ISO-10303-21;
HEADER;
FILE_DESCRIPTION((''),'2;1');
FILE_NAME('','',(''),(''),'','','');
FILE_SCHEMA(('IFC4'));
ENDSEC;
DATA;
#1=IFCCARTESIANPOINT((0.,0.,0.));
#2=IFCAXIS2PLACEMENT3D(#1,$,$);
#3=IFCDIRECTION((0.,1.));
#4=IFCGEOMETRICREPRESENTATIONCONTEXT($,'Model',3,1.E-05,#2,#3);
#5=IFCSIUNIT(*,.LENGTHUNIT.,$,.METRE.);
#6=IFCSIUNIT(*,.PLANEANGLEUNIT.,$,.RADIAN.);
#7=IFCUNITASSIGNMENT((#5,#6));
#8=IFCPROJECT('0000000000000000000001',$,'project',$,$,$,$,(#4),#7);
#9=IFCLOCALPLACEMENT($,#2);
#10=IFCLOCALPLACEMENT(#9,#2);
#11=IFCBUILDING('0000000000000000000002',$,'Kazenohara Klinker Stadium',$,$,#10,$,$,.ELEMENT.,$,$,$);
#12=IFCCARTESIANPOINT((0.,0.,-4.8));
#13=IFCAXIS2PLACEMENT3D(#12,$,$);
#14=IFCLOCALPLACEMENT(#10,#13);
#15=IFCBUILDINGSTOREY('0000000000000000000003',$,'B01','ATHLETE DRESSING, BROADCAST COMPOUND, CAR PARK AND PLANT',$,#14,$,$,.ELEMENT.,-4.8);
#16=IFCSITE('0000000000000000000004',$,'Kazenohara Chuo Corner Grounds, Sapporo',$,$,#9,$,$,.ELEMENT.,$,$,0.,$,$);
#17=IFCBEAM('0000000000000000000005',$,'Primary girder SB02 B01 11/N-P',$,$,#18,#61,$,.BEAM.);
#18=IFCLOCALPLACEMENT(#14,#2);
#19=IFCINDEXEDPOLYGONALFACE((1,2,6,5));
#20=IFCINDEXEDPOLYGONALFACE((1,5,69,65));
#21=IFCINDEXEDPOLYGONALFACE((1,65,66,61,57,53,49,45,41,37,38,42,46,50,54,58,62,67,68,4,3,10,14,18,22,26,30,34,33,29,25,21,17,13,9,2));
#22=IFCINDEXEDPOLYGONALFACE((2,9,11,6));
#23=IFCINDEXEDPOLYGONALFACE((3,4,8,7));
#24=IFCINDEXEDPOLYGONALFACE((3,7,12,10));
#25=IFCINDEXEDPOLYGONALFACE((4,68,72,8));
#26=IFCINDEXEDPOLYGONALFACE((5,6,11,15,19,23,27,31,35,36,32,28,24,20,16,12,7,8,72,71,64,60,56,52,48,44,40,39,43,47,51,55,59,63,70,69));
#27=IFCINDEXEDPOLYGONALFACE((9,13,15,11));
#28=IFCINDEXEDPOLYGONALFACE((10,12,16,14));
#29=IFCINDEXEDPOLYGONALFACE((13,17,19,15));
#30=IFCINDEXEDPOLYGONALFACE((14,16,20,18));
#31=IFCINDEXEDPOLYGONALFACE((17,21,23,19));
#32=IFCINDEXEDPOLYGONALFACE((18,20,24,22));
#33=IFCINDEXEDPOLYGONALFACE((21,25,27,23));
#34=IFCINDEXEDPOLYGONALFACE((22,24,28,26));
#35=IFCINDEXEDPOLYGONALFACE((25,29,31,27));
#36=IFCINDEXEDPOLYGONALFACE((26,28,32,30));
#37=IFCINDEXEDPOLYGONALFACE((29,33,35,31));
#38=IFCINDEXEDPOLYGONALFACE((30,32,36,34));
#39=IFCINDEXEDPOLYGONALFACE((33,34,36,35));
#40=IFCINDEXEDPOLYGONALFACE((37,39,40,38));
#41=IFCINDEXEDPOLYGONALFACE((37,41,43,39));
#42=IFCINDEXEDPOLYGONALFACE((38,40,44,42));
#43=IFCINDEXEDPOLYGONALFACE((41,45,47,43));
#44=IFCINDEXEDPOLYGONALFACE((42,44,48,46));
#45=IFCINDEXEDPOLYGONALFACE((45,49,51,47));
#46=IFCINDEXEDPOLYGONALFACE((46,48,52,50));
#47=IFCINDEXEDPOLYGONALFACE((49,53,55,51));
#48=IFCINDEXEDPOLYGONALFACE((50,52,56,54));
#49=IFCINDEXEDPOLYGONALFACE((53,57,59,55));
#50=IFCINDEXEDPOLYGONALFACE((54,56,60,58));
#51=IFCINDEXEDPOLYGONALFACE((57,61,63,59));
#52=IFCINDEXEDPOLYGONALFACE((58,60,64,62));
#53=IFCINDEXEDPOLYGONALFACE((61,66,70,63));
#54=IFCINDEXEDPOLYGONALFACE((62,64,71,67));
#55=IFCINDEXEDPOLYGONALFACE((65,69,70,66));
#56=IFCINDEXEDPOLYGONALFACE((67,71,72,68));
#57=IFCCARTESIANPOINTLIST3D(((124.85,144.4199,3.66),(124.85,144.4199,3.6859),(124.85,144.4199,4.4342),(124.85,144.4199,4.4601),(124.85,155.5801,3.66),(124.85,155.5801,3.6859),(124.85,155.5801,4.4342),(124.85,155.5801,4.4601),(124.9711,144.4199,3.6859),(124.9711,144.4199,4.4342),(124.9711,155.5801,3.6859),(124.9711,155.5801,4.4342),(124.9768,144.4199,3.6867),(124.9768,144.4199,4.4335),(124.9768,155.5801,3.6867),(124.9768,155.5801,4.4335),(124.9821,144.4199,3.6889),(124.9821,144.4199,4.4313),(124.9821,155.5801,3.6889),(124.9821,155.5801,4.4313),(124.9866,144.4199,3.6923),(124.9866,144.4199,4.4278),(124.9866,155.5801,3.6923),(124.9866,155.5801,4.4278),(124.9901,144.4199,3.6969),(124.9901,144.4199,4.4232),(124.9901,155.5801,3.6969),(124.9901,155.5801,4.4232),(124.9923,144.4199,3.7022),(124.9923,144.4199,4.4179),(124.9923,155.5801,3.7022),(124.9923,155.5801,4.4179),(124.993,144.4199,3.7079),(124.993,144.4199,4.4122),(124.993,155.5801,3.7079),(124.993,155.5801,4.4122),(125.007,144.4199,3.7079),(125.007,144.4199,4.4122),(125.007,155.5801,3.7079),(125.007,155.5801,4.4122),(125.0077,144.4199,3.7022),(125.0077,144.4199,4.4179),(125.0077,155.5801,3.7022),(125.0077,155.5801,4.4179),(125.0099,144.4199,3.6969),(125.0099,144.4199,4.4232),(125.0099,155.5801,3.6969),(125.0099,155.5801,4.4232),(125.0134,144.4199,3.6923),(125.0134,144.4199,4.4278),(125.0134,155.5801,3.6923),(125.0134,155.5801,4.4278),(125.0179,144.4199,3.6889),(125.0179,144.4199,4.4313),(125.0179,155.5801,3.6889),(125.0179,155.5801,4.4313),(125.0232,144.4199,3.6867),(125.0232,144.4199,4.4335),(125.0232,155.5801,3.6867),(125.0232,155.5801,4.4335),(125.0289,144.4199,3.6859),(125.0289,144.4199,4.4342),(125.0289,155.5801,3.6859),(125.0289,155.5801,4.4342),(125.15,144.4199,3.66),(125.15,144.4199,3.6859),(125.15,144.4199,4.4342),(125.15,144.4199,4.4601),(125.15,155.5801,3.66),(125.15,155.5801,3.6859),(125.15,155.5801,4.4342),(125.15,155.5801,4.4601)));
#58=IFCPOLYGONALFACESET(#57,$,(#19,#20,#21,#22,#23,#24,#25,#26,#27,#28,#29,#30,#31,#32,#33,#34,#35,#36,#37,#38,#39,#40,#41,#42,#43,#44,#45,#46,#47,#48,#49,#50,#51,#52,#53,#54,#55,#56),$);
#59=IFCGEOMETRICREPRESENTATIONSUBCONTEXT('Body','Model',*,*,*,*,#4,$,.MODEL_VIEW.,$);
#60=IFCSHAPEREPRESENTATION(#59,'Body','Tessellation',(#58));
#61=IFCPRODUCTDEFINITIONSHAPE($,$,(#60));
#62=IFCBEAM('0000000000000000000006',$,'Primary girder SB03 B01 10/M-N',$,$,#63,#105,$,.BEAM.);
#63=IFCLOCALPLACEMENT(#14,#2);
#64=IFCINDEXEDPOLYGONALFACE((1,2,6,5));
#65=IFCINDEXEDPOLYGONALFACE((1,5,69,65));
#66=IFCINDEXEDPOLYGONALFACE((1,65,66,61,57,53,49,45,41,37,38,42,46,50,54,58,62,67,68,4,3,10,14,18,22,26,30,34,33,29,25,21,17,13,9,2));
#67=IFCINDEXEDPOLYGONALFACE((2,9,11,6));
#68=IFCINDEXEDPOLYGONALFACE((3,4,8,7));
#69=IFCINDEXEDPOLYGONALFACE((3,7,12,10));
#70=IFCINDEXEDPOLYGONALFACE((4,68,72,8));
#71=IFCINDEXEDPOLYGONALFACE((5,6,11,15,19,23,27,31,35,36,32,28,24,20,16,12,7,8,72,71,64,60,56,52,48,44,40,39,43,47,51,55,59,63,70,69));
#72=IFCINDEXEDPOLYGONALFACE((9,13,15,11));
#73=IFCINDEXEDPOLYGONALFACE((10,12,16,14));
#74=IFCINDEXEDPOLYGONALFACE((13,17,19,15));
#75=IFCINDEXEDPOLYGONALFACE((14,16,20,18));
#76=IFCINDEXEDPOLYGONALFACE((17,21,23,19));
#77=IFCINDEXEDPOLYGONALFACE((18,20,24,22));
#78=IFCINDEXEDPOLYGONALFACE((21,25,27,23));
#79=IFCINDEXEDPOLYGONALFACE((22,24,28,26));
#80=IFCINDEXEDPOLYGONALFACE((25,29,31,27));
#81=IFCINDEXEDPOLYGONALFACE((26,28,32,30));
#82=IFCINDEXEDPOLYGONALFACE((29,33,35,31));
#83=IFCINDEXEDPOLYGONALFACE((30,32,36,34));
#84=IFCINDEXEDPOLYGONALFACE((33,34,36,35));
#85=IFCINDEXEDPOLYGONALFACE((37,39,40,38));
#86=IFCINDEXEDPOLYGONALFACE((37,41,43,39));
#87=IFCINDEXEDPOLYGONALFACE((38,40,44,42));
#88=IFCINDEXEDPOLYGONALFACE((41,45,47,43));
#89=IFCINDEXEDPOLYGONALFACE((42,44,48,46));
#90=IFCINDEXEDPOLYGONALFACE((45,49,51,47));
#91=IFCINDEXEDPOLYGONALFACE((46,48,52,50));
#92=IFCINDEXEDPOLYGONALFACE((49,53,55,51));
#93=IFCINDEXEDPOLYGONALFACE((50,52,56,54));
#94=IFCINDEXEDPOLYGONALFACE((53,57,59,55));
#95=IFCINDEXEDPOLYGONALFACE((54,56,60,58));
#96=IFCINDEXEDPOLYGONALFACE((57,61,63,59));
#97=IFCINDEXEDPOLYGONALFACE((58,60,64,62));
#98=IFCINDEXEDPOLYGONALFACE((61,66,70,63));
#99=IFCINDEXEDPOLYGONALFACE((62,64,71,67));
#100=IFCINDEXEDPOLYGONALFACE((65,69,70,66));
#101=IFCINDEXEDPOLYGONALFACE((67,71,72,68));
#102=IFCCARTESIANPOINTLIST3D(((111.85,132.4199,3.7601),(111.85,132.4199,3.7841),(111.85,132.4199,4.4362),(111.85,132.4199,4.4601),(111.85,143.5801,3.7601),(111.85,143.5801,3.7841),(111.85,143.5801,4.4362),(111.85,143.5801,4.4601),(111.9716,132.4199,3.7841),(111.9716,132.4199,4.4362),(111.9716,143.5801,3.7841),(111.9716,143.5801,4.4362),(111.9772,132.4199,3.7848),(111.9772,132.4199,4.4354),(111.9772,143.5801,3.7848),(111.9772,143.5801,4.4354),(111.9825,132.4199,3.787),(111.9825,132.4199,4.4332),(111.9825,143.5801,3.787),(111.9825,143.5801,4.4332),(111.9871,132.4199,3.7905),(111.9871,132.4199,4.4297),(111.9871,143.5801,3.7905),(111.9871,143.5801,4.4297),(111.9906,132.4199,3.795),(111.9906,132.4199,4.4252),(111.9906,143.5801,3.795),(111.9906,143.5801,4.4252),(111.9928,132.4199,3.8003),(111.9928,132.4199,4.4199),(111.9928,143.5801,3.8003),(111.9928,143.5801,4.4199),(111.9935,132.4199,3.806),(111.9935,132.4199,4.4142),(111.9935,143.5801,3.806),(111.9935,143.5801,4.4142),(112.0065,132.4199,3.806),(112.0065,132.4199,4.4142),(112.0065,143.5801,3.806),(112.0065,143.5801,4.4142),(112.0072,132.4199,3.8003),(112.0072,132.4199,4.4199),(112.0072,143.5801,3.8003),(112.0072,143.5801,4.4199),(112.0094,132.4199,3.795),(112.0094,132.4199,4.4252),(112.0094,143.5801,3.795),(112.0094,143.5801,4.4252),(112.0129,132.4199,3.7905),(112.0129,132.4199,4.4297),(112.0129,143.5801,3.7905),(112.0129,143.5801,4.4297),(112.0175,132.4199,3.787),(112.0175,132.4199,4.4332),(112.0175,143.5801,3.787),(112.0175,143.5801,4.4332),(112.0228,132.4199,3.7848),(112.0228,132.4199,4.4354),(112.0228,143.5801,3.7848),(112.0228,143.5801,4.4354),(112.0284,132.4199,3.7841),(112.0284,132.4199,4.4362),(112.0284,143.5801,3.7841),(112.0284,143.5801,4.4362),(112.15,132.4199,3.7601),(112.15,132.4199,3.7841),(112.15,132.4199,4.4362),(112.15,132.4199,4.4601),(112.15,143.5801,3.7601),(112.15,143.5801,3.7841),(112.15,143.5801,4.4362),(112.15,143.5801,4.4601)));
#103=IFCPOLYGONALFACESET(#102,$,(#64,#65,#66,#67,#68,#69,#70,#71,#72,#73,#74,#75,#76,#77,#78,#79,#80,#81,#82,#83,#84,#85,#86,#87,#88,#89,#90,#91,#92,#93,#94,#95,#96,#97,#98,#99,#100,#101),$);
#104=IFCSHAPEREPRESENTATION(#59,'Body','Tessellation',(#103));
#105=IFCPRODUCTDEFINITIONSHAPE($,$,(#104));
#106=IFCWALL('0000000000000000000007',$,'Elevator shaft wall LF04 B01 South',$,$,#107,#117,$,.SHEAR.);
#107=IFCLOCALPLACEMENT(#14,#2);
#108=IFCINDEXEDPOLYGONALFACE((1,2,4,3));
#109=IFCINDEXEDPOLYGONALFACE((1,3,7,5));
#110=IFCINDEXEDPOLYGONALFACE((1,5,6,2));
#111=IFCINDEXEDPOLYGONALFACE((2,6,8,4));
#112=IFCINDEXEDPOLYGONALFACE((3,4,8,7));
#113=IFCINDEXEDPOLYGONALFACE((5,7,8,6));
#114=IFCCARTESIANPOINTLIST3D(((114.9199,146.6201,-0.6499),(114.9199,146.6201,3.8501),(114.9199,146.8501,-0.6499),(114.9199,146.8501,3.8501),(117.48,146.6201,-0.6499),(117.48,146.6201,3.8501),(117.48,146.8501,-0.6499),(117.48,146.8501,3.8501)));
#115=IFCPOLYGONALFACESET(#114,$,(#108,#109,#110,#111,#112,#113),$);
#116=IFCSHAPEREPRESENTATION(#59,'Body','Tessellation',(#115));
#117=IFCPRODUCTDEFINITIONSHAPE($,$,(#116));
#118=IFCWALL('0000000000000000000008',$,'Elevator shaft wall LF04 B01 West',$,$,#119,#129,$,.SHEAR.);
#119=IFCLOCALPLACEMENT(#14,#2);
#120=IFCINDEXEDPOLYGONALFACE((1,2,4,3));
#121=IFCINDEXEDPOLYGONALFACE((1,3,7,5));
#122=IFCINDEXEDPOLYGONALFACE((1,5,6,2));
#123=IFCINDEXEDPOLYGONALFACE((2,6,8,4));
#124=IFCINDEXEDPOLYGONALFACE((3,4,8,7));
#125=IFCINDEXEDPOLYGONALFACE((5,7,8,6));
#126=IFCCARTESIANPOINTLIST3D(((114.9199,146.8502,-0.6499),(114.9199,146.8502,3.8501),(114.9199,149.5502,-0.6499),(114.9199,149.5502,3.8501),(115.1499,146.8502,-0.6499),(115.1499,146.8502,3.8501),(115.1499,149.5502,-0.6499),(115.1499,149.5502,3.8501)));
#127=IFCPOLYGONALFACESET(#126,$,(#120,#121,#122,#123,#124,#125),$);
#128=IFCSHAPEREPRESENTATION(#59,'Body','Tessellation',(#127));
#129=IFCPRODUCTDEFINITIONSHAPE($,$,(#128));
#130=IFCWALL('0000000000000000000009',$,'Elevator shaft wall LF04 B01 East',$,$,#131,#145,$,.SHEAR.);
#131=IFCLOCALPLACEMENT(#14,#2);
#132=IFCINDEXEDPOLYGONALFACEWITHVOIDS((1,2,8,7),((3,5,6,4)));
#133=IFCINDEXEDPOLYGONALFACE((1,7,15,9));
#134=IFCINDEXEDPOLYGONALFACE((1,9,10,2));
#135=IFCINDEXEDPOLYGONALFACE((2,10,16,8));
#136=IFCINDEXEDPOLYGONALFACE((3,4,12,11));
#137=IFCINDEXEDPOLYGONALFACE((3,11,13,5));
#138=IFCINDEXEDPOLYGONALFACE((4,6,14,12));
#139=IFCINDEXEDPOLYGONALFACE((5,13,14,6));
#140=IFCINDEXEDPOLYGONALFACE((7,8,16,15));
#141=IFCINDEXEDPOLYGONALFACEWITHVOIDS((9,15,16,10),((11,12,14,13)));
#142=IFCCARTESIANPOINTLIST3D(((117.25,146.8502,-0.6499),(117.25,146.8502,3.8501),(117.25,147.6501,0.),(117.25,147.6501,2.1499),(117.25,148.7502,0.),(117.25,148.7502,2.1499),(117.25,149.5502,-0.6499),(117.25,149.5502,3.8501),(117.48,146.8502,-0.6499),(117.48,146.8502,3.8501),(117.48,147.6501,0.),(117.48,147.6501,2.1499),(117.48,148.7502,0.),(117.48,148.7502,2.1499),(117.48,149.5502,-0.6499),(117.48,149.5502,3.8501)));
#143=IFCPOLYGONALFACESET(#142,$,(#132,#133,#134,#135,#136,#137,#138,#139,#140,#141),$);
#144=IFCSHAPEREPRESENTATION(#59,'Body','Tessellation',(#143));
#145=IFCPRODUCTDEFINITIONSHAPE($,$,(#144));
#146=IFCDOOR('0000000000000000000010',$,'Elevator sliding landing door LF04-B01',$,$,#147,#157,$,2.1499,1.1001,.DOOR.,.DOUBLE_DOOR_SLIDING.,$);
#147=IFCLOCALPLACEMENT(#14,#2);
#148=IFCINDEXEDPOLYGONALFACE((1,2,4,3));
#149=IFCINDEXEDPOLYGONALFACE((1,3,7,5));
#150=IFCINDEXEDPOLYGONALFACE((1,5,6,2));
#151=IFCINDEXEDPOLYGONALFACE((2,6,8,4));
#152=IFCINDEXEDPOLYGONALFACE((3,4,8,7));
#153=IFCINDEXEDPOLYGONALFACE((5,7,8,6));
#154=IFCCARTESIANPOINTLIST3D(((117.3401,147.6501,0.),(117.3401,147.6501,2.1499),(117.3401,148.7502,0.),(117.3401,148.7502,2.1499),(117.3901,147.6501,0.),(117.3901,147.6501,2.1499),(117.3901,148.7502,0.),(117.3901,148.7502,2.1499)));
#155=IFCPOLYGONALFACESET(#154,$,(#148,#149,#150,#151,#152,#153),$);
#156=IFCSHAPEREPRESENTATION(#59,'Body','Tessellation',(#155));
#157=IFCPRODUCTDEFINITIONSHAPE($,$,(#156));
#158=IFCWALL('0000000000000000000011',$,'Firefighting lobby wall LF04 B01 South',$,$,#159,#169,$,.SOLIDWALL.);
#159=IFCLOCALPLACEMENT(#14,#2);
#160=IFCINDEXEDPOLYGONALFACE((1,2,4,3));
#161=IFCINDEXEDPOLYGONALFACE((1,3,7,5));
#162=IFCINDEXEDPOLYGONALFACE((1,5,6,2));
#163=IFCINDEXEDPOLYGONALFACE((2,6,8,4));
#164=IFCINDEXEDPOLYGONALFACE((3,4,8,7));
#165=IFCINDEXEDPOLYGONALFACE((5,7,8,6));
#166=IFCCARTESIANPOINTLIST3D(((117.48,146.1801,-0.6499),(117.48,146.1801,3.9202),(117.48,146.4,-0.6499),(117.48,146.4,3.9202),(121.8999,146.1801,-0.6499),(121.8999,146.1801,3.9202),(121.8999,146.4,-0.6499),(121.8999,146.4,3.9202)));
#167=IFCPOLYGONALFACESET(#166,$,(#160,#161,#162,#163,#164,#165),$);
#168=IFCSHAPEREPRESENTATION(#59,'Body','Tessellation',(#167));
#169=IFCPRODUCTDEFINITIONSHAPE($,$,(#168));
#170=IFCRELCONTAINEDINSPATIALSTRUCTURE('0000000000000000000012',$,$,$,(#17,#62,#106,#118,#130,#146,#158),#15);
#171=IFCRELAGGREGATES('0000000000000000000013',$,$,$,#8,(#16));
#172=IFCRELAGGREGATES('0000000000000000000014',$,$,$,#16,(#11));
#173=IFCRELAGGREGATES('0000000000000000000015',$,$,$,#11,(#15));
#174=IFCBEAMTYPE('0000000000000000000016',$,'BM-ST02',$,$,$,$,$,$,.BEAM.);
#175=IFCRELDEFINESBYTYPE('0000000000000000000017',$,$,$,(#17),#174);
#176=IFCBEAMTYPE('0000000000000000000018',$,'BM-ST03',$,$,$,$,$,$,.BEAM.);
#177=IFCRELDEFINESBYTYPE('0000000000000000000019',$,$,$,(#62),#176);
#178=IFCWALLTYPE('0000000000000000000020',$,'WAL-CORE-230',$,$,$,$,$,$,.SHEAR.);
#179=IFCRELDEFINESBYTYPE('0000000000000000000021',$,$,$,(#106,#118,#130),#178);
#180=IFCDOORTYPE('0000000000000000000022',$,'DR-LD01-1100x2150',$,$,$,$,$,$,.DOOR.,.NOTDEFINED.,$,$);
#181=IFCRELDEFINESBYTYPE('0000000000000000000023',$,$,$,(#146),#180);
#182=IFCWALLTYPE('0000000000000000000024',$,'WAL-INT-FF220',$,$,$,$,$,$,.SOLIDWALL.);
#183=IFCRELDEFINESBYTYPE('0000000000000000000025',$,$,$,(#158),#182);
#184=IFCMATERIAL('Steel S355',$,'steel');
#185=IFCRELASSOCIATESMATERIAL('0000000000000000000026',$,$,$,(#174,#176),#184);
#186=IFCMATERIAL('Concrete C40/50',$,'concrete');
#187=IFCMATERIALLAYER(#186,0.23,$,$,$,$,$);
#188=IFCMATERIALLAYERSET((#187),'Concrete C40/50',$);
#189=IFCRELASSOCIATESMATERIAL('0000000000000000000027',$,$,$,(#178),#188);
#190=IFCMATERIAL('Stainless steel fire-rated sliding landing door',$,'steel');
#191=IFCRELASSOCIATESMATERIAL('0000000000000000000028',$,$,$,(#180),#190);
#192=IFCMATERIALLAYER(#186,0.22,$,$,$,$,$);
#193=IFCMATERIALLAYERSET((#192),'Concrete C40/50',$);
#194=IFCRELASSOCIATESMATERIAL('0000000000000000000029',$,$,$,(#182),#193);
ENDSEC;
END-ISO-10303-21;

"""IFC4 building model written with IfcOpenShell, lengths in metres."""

from ifc_helpers import new_model, si_unit, direction, frame, frame_2d, origin, origin_2d, place, context, subcontext, project, spatial, rectangle, i_section, extrude, material, layer, layer_set, material_profile, profile_set, type_object, element, fill, save


model = new_model("IFC4")

# Units and contexts
model_context = context("Model", 3, precision=1e-05, world=origin(), true_north=direction((0.0, 1.0)))
body_context = subcontext(model_context, "Body", "Model", "MODEL_VIEW")
ifc_project = project(units=[si_unit("LENGTHUNIT", "METRE"), si_unit("PLANEANGLEUNIT", "RADIAN")], contexts=[model_context])

# Site, building, storey
site_placement = place(None, origin())
site = spatial("IfcSite", under=ifc_project, at=site_placement, Name="Kazenohara Chuo Corner Grounds, Sapporo", CompositionType="ELEMENT", RefElevation=0.0)
building_placement = place(site_placement, origin())
building = spatial("IfcBuilding", under=site, at=building_placement, Name="Kazenohara Klinker Stadium", CompositionType="ELEMENT")
storey_placement = place(building_placement, frame((0.0, 0.0, -4.8)))
storey = spatial("IfcBuildingStorey", under=building, at=storey_placement, Name="B01", Description="ATHLETE DRESSING, BROADCAST COMPOUND, CAR PARK AND PLANT", CompositionType="ELEMENT", Elevation=-4.8)

# Shared definitions
ifc_material_1 = material(Name="Concrete C40/50", Category="concrete")

# Beams
ifc_material_2 = material(Name="Steel S355", Category="steel")
ifc_material_profile_1 = material_profile(ifc_material_2, i_section(OverallWidth=0.3, OverallDepth=0.8, WebThickness=0.0139, FlangeThickness=0.0259, FilletRadius=0.022, at=origin_2d()), Name="H-800x300x14x26")
ifc_profile_set_1 = profile_set([ifc_material_profile_1], Name="Steel S355")
beam_type_1 = type_object("IfcBeamType", Name="BM-ST02", PredefinedType="BEAM", material=ifc_profile_set_1)
beam_1_placement = place(storey_placement, frame((125.0, 144.4199, 4.0601), z_axis=(0.0, 1.0, 0.0), x_axis=(-1.0, 0.0, 0.0)))
element("IfcBeam", 1, at=beam_1_placement, inside=storey, type_object=beam_type_1, Name="Primary girder SB02 B01 11/N-P", PredefinedType="BEAM", context=body_context, shape_type="SweptSolid", body=[
    extrude(i_section(OverallWidth=0.3, OverallDepth=0.8, WebThickness=0.0139, FlangeThickness=0.0259, FilletRadius=0.022, at=origin_2d()), origin(), (0.0, 0.0, 1.0), 11.1602),
])
ifc_material_profile_2 = material_profile(ifc_material_2, i_section(OverallWidth=0.3, OverallDepth=0.7, WebThickness=0.0129, FlangeThickness=0.0239, FilletRadius=0.022, at=origin_2d()), Name="H-700x300x13x24")
ifc_profile_set_2 = profile_set([ifc_material_profile_2], Name="Steel S355")
beam_type_2 = type_object("IfcBeamType", Name="BM-ST03", PredefinedType="BEAM", material=ifc_profile_set_2)
beam_2_placement = place(storey_placement, frame((112.0, 132.4199, 4.1101), z_axis=(0.0, 1.0, 0.0), x_axis=(-1.0, 0.0, 0.0)))
element("IfcBeam", 2, at=beam_2_placement, inside=storey, type_object=beam_type_2, Name="Primary girder SB03 B01 10/M-N", PredefinedType="BEAM", context=body_context, shape_type="SweptSolid", body=[
    extrude(i_section(OverallWidth=0.3, OverallDepth=0.7, WebThickness=0.0129, FlangeThickness=0.0239, FilletRadius=0.022, at=origin_2d()), origin(), (0.0, 0.0, 1.0), 11.1602),
])

# Walls
ifc_layer_1 = layer(ifc_material_1, 0.23)
ifc_layer_set_1 = layer_set([ifc_layer_1], Name="Concrete C40/50")
wall_type_1 = type_object("IfcWallType", Name="WAL-CORE-230", PredefinedType="SHEAR", material=ifc_layer_set_1)
wall_1_placement = place(storey_placement, frame((114.9199, 146.7351, -0.6499), z_axis=(0.0, 0.0, 1.0), x_axis=(1.0, 0.0, 0.0)))
element("IfcWall", 3, at=wall_1_placement, inside=storey, type_object=wall_type_1, Name="Elevator shaft wall LF04 B01 South", PredefinedType="SHEAR", context=body_context, shape_type="SweptSolid", body=[
    extrude(rectangle(XDim=2.5601, YDim=0.23, at=frame_2d((1.28, 0.0))), origin(), (0.0, 0.0, 1.0), 4.5),
])
wall_2_placement = place(storey_placement, frame((115.0349, 146.8501, -0.6499), z_axis=(0.0, 0.0, 1.0), x_axis=(0.0, 1.0, 0.0)))
element("IfcWall", 4, at=wall_2_placement, inside=storey, type_object=wall_type_1, Name="Elevator shaft wall LF04 B01 West", PredefinedType="SHEAR", context=body_context, shape_type="SweptSolid", body=[
    extrude(rectangle(XDim=2.7, YDim=0.23, at=frame_2d((1.3501, 0.0))), origin(), (0.0, 0.0, 1.0), 4.5),
])

# Wall, opening, door
wall_3_placement = place(storey_placement, frame((117.365, 146.8501, -0.6499), z_axis=(0.0, 0.0, 1.0), x_axis=(0.0, 1.0, 0.0)))
wall_3 = element("IfcWall", 5, at=wall_3_placement, inside=storey, type_object=wall_type_1, Name="Elevator shaft wall LF04 B01 East", PredefinedType="SHEAR", context=body_context, shape_type="SweptSolid", body=[
    extrude(rectangle(XDim=2.7, YDim=0.23, at=frame_2d((1.3501, 0.0))), origin(), (0.0, 0.0, 1.0), 4.5),
])
opening_1_placement = place(wall_3_placement, frame((0.8, 0.0, 0.6499)))
opening_1 = element("IfcOpeningElement", 6, at=opening_1_placement, cuts=wall_3, PredefinedType="OPENING", context=body_context, shape_type="SweptSolid", body=[
    extrude(rectangle(XDim=1.1001, YDim=2.1499, at=frame_2d((0.55, 1.075))), frame((0.0, 0.125, 0.0), z_axis=(0.0, -1.0, 0.0), x_axis=(1.0, 0.0, 0.0)), (0.0, 0.0, 1.0), 0.25),
])
ifc_material_3 = material(Name="Stainless steel fire-rated sliding landing door", Category="steel")
door_type_1 = type_object("IfcDoorType", Name="DR-LD01-1100x2150", OperationType="NOTDEFINED", PredefinedType="DOOR", material=ifc_material_3)
door_1_placement = place(opening_1_placement, origin())
door_1 = element("IfcDoor", 7, at=door_1_placement, inside=storey, type_object=door_type_1, Name="Elevator sliding landing door LF04-B01", OperationType="DOUBLE_DOOR_SLIDING", OverallHeight=2.1499, OverallWidth=1.1001, PredefinedType="DOOR", context=body_context, shape_type="SweptSolid", body=[
    extrude(rectangle(XDim=1.1001, YDim=2.1499, at=frame_2d((0.55, 1.075))), frame((0.0, 0.0249, 0.0), z_axis=(0.0, -1.0, 0.0), x_axis=(1.0, 0.0, 0.0)), (0.0, 0.0, 1.0), 0.05),
])
fill(opening_1, door_1)

# Wall
ifc_layer_2 = layer(ifc_material_1, 0.22)
ifc_layer_set_2 = layer_set([ifc_layer_2], Name="Concrete C40/50")
wall_type_2 = type_object("IfcWallType", Name="WAL-INT-FF220", PredefinedType="SOLIDWALL", material=ifc_layer_set_2)
wall_4_placement = place(storey_placement, frame((117.48, 146.29, -0.6499), z_axis=(0.0, 0.0, 1.0), x_axis=(1.0, 0.0, 0.0)))
element("IfcWall", 8, at=wall_4_placement, inside=storey, type_object=wall_type_2, Name="Firefighting lobby wall LF04 B01 South", PredefinedType="SOLIDWALL", context=body_context, shape_type="SweptSolid", body=[
    extrude(rectangle(XDim=4.4199, YDim=0.22, at=frame_2d((2.21, 0.0))), origin(), (0.0, 0.0, 1.0), 4.5701),
])

save(model, "model.ifc")
